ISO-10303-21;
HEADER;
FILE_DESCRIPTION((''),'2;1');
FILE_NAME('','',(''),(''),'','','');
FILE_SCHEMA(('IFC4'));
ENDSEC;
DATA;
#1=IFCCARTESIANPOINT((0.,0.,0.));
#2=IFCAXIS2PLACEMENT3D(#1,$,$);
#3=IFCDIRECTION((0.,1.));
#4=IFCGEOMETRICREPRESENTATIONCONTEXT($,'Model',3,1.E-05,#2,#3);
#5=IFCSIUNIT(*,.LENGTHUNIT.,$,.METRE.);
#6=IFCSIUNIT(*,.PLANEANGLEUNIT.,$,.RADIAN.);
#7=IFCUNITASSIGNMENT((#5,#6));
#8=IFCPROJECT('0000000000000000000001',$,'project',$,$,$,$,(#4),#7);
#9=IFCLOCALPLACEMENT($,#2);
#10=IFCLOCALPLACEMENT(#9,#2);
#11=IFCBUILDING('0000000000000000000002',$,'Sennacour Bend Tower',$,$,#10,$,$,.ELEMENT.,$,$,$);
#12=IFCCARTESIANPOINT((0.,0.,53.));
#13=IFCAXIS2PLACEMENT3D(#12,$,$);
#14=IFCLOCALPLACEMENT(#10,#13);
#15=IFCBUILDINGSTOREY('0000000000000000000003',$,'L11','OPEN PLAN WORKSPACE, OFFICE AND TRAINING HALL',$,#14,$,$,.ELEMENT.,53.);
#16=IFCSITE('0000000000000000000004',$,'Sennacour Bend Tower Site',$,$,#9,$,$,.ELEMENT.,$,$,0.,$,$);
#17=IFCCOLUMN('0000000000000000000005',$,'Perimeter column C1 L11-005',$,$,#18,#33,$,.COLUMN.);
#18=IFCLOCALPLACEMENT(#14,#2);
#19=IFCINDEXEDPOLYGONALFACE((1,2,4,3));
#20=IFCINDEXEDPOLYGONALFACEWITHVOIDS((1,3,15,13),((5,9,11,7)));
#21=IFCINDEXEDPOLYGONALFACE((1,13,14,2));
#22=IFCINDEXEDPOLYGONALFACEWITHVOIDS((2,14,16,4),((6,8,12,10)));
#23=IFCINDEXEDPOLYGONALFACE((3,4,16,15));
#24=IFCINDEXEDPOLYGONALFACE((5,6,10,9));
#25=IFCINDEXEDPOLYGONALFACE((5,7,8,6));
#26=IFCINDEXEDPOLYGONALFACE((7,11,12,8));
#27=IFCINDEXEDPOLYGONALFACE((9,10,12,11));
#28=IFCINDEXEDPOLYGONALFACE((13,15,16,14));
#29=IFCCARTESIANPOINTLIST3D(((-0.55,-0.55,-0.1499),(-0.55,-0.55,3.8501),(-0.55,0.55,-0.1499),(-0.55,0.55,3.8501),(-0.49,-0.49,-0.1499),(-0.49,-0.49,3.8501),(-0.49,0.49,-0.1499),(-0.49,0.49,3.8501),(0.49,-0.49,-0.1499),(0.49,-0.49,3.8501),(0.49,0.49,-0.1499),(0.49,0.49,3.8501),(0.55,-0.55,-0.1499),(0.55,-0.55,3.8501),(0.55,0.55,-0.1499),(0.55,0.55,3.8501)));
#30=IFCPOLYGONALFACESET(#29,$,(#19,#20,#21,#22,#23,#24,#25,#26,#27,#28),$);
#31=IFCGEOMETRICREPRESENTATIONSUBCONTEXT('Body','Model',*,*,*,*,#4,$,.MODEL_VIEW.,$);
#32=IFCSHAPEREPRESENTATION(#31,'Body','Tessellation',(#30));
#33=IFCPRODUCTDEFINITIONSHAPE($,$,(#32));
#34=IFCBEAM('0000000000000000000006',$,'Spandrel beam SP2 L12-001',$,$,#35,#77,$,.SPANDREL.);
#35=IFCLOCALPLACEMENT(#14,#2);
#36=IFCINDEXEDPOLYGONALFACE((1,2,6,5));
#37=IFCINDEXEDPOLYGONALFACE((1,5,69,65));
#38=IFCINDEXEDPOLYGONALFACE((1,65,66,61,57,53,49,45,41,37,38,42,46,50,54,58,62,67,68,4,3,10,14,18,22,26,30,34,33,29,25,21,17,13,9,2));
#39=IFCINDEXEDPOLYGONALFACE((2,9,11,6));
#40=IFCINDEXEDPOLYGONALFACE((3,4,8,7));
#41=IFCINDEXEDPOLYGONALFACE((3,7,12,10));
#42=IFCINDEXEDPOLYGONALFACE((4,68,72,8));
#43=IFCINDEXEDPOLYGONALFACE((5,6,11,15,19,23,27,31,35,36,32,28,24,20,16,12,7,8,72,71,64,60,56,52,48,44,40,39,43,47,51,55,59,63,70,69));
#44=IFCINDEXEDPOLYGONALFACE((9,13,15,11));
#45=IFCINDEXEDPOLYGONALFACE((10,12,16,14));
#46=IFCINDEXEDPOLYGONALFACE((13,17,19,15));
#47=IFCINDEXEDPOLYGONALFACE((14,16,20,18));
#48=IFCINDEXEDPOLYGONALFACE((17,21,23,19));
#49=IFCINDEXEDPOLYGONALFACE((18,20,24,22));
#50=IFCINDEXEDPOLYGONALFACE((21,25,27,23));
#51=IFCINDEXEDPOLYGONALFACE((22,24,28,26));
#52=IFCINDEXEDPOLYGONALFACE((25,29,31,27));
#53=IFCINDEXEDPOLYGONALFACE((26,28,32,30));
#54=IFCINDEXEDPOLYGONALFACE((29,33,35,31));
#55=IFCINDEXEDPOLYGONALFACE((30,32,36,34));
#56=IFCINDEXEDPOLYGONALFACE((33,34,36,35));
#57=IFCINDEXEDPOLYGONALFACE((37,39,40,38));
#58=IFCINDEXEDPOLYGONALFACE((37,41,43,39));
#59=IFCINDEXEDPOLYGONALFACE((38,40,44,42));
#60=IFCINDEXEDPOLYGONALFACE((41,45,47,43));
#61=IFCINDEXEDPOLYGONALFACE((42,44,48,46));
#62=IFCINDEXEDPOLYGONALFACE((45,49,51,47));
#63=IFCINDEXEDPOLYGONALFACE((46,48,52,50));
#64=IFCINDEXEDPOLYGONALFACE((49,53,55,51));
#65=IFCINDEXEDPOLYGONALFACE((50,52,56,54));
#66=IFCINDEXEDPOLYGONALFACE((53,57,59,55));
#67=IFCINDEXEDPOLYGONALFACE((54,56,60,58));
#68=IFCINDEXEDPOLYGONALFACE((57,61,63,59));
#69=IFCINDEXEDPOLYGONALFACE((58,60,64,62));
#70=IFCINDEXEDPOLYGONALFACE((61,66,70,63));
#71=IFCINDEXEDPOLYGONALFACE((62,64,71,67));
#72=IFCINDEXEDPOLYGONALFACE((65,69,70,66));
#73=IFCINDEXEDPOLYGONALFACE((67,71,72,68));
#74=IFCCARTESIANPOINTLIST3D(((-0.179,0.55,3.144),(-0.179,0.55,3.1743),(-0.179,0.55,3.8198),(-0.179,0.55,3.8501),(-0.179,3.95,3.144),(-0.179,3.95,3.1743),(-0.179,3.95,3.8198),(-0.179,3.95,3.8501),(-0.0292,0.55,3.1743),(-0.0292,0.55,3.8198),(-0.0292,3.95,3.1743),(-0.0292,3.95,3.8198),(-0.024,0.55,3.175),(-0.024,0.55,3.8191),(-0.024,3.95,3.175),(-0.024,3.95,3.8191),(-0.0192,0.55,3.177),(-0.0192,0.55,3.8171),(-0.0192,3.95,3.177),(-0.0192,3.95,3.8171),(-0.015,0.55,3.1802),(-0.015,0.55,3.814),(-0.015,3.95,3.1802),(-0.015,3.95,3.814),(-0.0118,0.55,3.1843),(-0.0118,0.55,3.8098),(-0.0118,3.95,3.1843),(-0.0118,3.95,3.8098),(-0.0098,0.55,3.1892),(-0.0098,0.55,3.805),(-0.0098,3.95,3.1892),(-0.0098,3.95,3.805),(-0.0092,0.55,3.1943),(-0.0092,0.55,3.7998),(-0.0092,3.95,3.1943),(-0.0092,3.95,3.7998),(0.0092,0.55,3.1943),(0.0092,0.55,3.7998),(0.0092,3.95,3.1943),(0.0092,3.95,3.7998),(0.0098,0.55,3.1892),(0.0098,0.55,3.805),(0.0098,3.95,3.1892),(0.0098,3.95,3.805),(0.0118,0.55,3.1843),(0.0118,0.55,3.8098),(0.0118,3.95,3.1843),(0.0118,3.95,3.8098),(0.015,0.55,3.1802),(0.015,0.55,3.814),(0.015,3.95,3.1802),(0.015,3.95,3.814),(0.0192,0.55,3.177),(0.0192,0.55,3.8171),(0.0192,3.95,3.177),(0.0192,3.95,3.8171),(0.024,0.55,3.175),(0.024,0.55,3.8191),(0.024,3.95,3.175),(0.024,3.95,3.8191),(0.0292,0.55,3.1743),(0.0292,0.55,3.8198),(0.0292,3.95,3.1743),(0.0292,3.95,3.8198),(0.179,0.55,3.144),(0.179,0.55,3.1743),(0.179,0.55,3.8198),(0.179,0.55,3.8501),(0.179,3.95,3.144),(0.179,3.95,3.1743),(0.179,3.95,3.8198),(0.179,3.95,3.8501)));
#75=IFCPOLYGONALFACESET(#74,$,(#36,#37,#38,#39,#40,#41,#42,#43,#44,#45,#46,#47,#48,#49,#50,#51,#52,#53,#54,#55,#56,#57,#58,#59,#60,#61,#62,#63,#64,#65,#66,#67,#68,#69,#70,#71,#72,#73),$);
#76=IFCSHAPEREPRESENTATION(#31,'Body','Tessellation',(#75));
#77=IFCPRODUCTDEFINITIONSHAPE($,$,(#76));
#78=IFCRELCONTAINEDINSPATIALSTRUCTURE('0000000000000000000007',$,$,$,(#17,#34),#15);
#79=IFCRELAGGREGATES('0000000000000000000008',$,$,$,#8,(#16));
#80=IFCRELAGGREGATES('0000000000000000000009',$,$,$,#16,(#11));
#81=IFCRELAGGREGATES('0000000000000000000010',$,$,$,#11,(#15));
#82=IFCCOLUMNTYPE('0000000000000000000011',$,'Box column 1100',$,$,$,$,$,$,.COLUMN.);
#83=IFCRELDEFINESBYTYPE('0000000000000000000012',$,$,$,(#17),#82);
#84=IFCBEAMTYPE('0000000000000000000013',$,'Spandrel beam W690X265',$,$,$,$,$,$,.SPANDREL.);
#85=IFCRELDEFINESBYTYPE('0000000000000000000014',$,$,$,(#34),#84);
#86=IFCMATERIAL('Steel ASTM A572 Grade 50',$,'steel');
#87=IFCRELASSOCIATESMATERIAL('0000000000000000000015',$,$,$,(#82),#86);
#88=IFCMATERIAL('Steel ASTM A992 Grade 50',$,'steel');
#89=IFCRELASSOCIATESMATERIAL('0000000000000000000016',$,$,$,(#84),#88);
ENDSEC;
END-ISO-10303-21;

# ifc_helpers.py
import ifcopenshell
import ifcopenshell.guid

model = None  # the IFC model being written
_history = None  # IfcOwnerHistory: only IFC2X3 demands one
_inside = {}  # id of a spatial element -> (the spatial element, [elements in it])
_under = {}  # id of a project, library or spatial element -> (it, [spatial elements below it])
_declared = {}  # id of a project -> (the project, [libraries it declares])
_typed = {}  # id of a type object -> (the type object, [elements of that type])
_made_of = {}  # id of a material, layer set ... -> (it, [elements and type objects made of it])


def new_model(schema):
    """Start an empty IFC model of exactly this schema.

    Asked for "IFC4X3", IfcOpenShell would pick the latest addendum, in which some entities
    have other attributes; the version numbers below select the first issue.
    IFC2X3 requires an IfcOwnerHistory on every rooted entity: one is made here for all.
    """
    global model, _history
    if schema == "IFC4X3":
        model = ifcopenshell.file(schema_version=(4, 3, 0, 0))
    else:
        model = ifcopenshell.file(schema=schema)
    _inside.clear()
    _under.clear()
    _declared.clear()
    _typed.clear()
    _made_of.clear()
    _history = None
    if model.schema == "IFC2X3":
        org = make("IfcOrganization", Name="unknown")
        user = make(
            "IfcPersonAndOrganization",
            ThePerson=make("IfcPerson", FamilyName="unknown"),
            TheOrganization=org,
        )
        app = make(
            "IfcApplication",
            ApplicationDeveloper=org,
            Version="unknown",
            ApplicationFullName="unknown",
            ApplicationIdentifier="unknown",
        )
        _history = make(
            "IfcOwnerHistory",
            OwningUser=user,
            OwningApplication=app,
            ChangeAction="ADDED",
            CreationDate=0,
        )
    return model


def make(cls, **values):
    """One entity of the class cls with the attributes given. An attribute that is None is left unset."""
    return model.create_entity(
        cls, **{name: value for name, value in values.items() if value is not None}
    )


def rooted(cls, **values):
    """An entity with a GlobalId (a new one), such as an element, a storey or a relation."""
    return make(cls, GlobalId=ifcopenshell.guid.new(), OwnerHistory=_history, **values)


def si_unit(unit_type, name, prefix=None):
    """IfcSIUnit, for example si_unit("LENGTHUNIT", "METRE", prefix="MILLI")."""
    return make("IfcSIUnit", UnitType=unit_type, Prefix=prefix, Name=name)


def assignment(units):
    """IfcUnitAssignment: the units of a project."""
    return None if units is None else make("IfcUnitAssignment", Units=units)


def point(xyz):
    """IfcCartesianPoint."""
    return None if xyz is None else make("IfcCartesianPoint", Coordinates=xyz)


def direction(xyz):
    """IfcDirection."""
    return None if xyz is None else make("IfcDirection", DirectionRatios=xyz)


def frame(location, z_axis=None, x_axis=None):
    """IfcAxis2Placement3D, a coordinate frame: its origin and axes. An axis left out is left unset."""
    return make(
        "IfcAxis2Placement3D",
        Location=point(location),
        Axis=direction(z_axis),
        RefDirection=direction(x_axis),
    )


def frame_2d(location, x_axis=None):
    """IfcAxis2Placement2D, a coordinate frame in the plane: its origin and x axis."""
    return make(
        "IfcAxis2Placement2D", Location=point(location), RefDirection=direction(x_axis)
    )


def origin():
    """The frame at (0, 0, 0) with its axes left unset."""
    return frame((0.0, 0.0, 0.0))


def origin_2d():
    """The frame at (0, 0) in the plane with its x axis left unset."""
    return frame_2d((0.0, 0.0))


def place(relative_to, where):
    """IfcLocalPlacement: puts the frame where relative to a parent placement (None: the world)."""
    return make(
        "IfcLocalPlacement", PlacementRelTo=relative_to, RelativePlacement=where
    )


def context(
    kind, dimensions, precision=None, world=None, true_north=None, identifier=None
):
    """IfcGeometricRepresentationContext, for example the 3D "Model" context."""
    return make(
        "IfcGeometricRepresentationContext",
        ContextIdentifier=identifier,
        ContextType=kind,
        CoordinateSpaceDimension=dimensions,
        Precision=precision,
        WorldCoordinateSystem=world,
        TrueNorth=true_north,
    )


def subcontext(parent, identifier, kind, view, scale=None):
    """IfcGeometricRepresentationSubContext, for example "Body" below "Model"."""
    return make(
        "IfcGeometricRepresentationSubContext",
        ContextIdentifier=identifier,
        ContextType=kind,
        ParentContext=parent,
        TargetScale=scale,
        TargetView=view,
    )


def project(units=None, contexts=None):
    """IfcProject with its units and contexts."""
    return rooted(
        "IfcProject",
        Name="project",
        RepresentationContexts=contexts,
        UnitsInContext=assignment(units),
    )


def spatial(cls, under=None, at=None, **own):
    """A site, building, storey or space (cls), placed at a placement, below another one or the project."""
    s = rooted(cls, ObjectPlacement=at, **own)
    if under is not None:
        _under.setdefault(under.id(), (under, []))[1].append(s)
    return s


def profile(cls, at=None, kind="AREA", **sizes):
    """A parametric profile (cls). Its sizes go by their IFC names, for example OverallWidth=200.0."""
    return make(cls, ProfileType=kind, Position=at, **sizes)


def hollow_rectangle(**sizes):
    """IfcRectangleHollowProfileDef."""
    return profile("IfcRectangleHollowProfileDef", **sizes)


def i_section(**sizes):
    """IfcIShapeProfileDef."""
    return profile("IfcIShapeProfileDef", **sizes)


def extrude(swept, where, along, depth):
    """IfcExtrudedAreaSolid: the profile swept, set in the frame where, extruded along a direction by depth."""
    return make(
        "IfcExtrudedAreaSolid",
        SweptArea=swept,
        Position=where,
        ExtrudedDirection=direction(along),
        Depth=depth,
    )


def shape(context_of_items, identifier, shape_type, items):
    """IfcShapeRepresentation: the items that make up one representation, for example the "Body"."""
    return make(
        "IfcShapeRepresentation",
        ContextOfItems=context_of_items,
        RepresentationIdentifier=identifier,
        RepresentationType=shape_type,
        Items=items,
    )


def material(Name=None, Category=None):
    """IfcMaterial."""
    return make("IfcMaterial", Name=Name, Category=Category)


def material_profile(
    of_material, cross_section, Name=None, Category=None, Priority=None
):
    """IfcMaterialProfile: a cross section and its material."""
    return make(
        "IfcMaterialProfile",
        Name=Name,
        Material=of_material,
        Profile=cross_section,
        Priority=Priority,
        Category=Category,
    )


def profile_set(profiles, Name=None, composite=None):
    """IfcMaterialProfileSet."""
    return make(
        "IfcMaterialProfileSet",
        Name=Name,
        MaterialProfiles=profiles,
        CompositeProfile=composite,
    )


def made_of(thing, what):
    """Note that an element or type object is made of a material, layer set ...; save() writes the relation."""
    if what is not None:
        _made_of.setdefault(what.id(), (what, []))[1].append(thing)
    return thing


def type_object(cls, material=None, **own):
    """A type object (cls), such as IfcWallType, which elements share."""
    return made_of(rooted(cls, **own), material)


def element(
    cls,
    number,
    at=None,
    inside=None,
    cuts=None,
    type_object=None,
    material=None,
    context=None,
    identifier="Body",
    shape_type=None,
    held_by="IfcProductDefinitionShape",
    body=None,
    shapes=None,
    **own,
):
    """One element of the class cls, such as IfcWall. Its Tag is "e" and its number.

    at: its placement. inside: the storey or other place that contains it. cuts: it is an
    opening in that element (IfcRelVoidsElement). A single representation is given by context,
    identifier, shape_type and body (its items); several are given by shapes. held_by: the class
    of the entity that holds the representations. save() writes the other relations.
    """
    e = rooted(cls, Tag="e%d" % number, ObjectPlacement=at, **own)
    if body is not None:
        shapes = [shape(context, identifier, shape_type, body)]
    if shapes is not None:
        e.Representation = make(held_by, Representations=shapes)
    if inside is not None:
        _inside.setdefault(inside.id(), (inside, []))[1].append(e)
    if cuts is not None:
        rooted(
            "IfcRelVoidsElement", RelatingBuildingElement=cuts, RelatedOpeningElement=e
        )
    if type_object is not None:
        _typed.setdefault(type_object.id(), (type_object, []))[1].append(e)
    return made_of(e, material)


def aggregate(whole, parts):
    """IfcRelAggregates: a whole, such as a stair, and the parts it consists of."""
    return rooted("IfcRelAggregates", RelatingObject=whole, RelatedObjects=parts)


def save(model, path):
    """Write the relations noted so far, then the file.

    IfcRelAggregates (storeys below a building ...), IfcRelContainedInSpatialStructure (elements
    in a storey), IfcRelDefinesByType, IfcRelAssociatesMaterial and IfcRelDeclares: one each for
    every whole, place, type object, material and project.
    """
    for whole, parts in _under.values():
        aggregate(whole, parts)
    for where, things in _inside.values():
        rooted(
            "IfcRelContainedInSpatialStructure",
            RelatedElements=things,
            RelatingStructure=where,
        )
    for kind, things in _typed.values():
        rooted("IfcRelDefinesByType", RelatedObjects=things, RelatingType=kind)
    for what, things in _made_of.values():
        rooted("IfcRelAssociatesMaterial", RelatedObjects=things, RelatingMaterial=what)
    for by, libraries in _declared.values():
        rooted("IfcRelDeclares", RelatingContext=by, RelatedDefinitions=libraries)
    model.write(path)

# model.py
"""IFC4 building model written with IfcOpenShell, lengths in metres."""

from ifc_helpers import new_model, si_unit, direction, frame, origin, origin_2d, place, context, subcontext, project, spatial, hollow_rectangle, i_section, extrude, material, material_profile, profile_set, type_object, element, save


model = new_model("IFC4")

# Units and contexts
model_context = context("Model", 3, precision=1e-05, world=origin(), true_north=direction((0.0, 1.0)))
body_context = subcontext(model_context, "Body", "Model", "MODEL_VIEW")
ifc_project = project(units=[si_unit("LENGTHUNIT", "METRE"), si_unit("PLANEANGLEUNIT", "RADIAN")], contexts=[model_context])

# Site, building, storey
site_placement = place(None, origin())
site = spatial("IfcSite", under=ifc_project, at=site_placement, Name="Sennacour Bend Tower Site", CompositionType="ELEMENT", RefElevation=0.0)
building_placement = place(site_placement, origin())
building = spatial("IfcBuilding", under=site, at=building_placement, Name="Sennacour Bend Tower", CompositionType="ELEMENT")
storey_placement = place(building_placement, frame((0.0, 0.0, 53.0)))
storey = spatial("IfcBuildingStorey", under=building, at=storey_placement, Name="L11", Description="OPEN PLAN WORKSPACE, OFFICE AND TRAINING HALL", CompositionType="ELEMENT", Elevation=53.0)

# Column
ifc_material_1 = material(Name="Steel ASTM A572 Grade 50", Category="steel")
ifc_material_profile_1 = material_profile(ifc_material_1, hollow_rectangle(XDim=1.1001, YDim=1.1001, WallThickness=0.0601, at=origin_2d()), Name="Steel ASTM A572 Grade 50", Category="steel")
ifc_profile_set_1 = profile_set([ifc_material_profile_1], Name="Steel ASTM A572 Grade 50")
column_type = type_object("IfcColumnType", Name="Box column 1100", PredefinedType="COLUMN", material=ifc_profile_set_1)
column_placement = place(storey_placement, frame((0.0, 0.0, -0.1499), z_axis=(0.0, 0.0, 1.0), x_axis=(1.0, 0.0, 0.0)))
element("IfcColumn", 1, at=column_placement, inside=storey, type_object=column_type, Name="Perimeter column C1 L11-005", PredefinedType="COLUMN", context=body_context, shape_type="SweptSolid", body=[
    extrude(hollow_rectangle(XDim=1.1001, YDim=1.1001, WallThickness=0.0601, at=origin_2d()), origin(), (0.0, 0.0, 1.0), 4.0),
])

# Beam
ifc_material_2 = material(Name="Steel ASTM A992 Grade 50", Category="steel")
ifc_material_profile_2 = material_profile(ifc_material_2, i_section(OverallWidth=0.3579, OverallDepth=0.7061, WebThickness=0.0183, FlangeThickness=0.0303, FilletRadius=0.02, at=origin_2d()), Name="Steel ASTM A992 Grade 50", Category="steel")
ifc_profile_set_2 = profile_set([ifc_material_profile_2], Name="Steel ASTM A992 Grade 50")
beam_type = type_object("IfcBeamType", Name="Spandrel beam W690X265", PredefinedType="SPANDREL", material=ifc_profile_set_2)
beam_placement = place(storey_placement, frame((0.0, 0.55, 3.4971), z_axis=(0.0, 1.0, 0.0), x_axis=(-1.0, 0.0, 0.0)))
element("IfcBeam", 2, at=beam_placement, inside=storey, type_object=beam_type, Name="Spandrel beam SP2 L12-001", PredefinedType="SPANDREL", context=body_context, shape_type="SweptSolid", body=[
    extrude(i_section(OverallWidth=0.3579, OverallDepth=0.7061, WebThickness=0.0183, FlangeThickness=0.0303, FilletRadius=0.02, at=origin_2d()), origin(), (0.0, 0.0, 1.0), 3.3999),
])

save(model, "model.ifc")
